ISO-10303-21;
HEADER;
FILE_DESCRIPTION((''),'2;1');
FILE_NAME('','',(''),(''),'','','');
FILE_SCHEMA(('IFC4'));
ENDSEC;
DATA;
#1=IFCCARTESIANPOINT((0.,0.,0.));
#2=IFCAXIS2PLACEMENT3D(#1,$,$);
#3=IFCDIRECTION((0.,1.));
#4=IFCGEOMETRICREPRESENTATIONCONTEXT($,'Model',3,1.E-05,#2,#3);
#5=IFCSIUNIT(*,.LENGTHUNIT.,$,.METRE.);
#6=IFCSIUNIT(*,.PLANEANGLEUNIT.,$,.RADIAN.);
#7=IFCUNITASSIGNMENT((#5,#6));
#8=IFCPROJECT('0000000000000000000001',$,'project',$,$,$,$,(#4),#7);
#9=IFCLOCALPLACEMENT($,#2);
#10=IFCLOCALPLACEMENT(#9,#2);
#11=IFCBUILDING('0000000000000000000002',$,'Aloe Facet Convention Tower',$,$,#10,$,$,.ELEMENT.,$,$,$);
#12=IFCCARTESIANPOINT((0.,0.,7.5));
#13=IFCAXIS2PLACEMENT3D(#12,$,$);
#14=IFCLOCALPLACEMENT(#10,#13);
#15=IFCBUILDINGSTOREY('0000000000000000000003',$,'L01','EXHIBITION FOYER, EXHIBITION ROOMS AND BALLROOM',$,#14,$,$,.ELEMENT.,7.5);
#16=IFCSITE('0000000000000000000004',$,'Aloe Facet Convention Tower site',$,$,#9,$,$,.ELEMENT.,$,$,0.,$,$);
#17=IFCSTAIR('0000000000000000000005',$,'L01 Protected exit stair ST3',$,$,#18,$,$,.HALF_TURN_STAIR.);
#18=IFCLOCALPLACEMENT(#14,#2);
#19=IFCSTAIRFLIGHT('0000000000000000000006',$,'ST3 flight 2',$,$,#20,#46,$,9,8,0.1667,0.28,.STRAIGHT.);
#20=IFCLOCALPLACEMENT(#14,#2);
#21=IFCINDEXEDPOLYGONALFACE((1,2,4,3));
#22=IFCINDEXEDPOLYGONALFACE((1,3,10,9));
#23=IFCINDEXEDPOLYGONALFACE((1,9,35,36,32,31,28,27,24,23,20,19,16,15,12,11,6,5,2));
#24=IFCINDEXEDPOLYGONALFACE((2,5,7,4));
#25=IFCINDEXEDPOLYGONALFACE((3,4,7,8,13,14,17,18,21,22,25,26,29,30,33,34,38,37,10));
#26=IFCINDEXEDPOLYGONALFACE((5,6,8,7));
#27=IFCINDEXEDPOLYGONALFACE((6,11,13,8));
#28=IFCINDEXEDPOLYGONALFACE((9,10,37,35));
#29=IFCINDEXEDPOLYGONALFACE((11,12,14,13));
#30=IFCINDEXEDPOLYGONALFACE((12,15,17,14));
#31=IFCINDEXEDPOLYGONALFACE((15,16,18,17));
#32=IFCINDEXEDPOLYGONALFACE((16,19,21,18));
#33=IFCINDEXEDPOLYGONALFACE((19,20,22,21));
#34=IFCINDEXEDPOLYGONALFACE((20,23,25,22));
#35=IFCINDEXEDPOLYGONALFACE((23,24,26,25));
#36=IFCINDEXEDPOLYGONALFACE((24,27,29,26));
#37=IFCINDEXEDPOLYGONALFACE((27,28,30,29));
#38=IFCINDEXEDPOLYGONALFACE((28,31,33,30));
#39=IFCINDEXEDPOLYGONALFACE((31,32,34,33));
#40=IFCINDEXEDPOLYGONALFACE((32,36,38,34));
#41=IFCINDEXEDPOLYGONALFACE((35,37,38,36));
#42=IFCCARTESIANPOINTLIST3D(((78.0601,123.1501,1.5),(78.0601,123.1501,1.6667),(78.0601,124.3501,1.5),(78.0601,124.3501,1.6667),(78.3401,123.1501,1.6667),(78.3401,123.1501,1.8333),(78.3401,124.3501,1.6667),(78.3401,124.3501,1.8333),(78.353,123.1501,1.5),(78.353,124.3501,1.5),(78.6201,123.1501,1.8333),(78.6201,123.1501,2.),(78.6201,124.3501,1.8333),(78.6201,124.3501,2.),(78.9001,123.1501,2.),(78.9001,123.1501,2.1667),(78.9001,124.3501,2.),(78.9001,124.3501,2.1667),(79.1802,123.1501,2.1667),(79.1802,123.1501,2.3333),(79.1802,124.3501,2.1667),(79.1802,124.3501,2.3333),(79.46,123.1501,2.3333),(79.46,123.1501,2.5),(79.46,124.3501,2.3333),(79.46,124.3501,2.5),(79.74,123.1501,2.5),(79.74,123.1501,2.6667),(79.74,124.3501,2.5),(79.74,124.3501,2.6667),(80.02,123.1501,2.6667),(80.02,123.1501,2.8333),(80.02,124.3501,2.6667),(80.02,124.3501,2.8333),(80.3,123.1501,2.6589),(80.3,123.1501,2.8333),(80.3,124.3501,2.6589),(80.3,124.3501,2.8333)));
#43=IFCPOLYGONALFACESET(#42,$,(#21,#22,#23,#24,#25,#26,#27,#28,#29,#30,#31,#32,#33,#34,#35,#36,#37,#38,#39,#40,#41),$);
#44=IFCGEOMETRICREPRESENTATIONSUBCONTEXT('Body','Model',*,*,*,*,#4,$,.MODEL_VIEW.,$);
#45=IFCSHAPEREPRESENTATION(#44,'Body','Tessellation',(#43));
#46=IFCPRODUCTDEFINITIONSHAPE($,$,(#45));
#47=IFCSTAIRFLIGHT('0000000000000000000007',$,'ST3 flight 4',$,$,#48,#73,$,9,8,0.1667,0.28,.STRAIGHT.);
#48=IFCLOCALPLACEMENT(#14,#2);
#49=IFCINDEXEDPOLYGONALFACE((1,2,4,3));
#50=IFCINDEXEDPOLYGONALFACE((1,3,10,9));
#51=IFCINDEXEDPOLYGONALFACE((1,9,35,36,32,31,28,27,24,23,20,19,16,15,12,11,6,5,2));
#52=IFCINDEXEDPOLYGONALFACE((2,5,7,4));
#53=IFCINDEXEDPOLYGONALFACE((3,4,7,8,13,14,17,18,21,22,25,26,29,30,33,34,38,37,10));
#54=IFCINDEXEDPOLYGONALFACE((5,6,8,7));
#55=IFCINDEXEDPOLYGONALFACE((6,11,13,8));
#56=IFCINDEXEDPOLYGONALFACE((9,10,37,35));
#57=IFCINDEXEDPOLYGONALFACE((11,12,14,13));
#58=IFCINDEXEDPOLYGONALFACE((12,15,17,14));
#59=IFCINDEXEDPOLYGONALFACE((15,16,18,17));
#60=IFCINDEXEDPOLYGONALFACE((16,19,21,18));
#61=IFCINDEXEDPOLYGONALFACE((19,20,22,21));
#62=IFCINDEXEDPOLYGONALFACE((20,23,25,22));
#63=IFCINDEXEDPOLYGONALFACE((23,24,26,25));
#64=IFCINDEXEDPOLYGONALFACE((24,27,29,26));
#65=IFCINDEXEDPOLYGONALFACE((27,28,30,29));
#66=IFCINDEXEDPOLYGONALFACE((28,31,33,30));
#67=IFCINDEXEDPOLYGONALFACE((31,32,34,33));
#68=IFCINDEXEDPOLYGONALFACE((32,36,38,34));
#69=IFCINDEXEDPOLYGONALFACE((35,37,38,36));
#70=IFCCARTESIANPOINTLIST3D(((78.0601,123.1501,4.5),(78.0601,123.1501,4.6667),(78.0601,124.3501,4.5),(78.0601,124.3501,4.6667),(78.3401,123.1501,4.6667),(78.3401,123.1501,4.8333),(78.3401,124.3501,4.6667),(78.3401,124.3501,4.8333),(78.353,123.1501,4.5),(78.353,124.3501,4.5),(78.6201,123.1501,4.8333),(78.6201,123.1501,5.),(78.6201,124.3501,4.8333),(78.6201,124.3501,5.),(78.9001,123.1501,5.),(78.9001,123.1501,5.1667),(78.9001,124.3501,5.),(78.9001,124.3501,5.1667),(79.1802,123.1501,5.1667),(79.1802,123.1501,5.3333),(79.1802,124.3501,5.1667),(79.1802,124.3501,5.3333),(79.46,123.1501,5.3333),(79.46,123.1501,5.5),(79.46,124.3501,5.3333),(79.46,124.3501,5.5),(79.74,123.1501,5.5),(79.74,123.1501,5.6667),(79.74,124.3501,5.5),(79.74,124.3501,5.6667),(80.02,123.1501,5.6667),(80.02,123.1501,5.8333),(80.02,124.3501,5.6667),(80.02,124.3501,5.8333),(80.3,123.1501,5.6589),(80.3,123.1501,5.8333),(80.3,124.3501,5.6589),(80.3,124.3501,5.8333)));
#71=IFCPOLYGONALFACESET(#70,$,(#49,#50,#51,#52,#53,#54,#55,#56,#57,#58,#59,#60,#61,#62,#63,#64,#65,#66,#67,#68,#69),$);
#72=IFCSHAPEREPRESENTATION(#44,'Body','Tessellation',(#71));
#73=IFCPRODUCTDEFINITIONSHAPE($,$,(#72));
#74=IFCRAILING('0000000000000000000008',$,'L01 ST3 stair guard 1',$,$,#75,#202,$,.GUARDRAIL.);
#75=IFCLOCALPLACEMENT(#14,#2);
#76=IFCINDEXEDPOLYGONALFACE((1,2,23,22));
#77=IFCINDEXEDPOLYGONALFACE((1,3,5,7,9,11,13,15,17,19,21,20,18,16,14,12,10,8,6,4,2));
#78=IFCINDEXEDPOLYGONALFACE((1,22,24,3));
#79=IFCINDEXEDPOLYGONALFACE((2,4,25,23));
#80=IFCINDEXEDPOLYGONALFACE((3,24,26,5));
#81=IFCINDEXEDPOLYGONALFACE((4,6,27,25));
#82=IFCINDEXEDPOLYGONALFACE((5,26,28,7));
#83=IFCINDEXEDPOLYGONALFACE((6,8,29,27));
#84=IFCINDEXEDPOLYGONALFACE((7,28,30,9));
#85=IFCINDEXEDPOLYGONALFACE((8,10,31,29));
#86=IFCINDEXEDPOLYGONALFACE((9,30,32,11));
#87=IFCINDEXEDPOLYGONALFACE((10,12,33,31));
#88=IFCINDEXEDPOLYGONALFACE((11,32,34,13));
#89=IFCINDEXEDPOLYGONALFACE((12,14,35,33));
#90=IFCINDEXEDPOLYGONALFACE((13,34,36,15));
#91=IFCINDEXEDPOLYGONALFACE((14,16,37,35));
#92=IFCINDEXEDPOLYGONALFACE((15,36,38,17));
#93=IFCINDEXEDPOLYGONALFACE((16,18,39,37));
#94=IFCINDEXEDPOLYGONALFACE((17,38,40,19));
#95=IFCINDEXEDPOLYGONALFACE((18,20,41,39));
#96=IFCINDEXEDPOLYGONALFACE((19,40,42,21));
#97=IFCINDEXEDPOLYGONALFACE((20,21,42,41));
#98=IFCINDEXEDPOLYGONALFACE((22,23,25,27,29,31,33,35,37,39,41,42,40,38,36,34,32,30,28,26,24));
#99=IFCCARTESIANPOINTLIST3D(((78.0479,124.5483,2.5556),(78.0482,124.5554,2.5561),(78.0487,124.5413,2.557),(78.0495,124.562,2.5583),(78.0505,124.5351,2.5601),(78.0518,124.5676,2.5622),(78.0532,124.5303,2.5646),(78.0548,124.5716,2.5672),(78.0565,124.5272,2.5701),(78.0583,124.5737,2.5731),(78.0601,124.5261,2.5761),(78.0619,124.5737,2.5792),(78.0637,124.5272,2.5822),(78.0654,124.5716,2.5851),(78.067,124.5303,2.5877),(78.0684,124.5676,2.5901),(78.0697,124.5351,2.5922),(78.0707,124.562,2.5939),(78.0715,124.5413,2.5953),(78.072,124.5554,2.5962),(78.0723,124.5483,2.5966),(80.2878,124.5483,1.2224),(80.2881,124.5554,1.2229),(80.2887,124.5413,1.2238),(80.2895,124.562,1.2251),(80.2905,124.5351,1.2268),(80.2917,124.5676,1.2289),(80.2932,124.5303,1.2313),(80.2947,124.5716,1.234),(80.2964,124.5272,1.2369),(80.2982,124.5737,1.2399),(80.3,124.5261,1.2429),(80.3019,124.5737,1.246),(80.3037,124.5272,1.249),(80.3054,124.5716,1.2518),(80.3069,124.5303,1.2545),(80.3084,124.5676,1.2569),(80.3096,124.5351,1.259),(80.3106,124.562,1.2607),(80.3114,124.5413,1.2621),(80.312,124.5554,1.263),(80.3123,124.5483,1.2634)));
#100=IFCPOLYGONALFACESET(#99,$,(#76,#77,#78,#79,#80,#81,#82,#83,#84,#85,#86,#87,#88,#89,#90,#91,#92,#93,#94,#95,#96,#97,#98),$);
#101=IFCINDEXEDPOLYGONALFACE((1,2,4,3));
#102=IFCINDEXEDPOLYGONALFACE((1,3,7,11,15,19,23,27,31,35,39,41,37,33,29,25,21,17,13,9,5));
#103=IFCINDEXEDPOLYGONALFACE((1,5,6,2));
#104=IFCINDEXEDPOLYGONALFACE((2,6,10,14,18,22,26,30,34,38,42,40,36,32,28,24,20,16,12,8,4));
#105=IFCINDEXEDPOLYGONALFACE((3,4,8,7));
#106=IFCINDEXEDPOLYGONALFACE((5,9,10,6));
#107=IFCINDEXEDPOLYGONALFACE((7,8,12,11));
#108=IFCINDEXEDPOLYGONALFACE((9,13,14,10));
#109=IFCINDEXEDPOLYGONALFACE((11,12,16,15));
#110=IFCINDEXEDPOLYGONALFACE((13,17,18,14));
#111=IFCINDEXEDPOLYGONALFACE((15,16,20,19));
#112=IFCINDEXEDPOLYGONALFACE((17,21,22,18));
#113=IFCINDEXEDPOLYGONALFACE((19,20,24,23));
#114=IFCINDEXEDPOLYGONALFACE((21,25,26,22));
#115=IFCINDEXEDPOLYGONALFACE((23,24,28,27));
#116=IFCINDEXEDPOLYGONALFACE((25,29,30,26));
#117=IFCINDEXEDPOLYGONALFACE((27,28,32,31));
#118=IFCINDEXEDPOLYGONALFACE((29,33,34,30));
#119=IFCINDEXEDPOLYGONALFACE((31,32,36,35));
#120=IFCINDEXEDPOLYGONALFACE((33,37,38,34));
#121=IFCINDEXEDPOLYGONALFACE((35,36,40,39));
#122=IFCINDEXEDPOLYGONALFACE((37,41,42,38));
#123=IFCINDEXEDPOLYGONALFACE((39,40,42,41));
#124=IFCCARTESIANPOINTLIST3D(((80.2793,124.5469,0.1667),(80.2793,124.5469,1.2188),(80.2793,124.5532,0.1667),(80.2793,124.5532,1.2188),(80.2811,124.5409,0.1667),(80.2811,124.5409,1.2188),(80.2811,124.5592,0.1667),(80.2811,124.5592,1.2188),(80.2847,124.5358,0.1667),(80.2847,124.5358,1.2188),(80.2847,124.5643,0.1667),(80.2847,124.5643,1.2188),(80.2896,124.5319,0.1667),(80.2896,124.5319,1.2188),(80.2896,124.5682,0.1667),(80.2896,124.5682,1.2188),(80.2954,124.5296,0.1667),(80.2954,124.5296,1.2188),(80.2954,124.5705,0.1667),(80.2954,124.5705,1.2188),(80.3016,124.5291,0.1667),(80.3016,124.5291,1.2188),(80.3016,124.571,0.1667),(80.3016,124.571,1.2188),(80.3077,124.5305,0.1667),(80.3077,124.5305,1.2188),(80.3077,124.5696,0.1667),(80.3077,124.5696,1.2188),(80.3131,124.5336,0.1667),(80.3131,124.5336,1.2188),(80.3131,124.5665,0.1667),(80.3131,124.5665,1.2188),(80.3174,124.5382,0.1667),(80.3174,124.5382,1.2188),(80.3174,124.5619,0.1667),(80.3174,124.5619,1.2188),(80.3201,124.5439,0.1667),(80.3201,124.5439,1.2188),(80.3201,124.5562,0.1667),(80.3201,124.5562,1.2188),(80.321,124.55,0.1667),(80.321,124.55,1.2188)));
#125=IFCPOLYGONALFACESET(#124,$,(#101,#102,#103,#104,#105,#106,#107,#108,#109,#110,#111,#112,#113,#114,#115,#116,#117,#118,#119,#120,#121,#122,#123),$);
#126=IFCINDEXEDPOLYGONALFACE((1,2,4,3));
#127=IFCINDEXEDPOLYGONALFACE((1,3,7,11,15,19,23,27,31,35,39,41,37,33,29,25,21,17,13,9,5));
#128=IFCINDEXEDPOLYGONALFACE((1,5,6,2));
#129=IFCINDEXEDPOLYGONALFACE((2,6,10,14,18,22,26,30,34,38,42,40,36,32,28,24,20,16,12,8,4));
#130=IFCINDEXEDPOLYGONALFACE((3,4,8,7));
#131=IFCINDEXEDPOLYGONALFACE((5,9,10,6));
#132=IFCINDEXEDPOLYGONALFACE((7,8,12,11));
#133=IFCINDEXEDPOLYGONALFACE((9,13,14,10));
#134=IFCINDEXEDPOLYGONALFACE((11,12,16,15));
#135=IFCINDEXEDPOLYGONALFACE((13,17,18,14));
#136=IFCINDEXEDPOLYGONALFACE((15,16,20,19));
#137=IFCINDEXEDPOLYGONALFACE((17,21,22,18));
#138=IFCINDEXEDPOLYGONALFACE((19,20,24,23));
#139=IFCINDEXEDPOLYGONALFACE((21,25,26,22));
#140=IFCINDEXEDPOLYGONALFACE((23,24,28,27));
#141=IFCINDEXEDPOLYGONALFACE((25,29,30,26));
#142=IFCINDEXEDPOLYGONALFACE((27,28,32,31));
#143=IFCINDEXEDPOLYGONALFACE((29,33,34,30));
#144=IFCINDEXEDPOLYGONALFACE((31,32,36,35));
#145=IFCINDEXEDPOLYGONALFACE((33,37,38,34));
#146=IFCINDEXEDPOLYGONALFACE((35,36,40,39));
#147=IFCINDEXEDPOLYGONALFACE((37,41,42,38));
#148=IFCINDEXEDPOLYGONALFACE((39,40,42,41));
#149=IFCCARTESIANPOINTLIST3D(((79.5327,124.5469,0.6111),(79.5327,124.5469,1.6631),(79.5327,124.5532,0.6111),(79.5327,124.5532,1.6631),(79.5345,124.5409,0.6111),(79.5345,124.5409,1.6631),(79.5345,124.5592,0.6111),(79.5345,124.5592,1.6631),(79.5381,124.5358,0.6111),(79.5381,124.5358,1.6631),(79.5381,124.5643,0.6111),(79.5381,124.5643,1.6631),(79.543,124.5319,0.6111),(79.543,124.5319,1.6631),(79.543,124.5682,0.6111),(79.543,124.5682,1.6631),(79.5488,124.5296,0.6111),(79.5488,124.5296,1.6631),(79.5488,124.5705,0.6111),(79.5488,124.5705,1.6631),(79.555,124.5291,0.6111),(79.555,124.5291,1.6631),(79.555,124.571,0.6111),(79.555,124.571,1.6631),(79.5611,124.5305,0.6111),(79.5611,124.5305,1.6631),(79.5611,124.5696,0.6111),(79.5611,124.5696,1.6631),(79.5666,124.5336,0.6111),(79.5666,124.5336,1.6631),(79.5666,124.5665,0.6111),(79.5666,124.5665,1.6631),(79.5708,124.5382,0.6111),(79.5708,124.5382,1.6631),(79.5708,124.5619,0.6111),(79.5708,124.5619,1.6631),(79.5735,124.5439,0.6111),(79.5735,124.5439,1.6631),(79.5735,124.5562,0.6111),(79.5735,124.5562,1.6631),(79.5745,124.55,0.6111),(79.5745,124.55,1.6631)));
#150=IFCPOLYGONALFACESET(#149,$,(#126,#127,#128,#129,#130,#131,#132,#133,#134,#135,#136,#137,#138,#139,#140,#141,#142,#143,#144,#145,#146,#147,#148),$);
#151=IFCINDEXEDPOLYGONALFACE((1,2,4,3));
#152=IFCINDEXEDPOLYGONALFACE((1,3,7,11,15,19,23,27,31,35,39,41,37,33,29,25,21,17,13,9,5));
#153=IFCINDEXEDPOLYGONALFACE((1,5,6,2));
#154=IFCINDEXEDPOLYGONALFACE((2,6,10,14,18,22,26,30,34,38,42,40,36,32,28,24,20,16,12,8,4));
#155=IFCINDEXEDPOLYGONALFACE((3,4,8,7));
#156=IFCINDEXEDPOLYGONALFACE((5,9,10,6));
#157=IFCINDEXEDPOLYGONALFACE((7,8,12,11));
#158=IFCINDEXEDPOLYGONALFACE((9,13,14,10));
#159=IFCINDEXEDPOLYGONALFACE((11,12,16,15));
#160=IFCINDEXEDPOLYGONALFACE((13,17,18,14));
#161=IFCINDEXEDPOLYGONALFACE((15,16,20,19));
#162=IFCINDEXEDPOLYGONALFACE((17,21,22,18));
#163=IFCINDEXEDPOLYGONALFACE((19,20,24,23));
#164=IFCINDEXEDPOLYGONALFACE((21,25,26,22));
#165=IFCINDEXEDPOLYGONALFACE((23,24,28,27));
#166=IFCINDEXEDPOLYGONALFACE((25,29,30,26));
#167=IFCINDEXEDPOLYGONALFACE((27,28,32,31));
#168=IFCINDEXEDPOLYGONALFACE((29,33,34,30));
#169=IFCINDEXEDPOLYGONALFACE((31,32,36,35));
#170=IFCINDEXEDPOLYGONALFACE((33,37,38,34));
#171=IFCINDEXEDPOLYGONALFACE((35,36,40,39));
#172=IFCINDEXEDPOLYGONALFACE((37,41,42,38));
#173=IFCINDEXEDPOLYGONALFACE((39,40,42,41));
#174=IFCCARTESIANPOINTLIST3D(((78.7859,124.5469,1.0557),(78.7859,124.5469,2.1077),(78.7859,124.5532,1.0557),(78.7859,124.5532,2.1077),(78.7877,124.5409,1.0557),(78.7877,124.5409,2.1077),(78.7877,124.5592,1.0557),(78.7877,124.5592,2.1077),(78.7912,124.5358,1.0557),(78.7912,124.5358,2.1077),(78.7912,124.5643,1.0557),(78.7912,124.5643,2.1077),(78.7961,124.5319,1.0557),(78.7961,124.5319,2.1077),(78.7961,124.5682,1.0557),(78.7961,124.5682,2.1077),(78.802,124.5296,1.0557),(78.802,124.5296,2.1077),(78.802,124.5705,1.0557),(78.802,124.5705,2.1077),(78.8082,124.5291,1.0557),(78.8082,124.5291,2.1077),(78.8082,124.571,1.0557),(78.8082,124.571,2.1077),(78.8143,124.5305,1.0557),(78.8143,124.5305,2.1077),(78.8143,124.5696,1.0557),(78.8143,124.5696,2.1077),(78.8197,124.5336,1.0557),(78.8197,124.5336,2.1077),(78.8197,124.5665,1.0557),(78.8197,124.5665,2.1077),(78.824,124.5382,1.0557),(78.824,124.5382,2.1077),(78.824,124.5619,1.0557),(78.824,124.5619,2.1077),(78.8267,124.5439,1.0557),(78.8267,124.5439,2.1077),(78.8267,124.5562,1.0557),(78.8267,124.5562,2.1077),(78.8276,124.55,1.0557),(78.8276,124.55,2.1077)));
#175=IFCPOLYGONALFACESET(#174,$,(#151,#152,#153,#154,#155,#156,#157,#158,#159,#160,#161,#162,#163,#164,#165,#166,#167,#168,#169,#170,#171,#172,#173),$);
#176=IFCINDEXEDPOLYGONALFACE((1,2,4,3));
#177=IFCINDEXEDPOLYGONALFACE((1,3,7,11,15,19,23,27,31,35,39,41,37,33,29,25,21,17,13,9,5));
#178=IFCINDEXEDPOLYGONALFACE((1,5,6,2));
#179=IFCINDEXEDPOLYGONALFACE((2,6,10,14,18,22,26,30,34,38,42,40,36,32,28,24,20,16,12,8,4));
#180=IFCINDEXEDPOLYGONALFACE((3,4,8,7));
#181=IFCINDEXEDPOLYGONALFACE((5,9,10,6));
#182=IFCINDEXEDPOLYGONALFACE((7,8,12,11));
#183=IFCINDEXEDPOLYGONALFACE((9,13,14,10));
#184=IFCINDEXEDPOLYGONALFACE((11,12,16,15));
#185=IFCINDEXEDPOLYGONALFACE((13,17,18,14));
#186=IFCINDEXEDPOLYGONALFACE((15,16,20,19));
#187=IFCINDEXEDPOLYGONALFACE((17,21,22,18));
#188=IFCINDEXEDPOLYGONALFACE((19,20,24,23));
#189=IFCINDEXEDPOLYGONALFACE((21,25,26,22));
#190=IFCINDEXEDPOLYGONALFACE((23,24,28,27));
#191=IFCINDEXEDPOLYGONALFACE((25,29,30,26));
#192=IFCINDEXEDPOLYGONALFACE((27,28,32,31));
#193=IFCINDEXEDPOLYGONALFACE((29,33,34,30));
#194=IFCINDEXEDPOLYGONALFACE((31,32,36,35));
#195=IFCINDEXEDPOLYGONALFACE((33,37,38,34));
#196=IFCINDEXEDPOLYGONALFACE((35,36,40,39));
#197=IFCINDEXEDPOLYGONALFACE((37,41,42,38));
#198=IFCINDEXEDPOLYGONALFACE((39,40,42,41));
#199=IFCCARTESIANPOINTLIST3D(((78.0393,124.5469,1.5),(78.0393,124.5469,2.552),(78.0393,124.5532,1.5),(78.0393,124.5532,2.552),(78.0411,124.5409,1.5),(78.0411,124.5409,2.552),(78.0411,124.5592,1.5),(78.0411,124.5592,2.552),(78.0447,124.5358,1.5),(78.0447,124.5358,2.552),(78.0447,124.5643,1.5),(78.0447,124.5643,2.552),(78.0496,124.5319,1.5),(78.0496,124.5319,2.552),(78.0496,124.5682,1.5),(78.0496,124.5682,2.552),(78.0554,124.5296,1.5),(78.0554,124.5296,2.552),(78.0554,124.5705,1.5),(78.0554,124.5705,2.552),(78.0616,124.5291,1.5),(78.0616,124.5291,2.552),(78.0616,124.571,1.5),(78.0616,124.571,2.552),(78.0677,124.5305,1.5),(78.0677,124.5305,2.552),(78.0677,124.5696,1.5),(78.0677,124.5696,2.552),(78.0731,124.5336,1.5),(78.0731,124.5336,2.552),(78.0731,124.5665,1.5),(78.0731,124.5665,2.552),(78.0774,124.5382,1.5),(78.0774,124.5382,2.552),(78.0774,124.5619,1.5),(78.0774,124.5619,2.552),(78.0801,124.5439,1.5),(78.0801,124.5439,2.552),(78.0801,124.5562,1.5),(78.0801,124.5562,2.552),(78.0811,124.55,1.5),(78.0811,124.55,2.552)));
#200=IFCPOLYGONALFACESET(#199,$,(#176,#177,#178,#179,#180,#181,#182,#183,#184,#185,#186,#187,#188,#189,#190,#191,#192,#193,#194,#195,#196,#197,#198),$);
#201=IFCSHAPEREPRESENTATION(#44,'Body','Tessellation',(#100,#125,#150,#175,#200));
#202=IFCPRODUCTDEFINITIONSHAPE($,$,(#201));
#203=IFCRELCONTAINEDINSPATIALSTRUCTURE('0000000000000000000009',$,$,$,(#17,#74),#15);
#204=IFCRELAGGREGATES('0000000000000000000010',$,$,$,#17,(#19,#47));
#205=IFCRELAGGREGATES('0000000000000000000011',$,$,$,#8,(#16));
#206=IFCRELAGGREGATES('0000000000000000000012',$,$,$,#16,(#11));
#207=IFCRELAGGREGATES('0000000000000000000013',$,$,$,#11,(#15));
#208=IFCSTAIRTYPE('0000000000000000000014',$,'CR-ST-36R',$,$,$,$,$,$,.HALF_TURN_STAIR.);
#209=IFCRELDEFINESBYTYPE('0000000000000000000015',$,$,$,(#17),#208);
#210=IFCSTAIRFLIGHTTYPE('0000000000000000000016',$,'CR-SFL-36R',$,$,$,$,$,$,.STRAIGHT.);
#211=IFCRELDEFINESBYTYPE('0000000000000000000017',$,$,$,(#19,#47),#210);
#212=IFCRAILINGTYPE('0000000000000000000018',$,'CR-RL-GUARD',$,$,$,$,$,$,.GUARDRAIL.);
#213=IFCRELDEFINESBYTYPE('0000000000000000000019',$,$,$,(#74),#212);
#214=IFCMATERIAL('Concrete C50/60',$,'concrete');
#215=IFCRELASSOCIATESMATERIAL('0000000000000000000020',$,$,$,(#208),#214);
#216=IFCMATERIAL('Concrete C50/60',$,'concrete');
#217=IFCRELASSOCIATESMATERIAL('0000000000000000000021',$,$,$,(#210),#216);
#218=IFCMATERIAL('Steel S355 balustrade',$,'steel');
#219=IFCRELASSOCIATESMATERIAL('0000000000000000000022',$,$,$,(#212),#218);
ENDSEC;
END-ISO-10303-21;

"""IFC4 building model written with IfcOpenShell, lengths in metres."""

from ifc_helpers import new_model, si_unit, direction, frame, origin, origin_2d, place, context, subcontext, project, spatial, polyline, circle, outline, extrude, material, type_object, element, aggregate, save


model = new_model("IFC4")

# Units and contexts
model_context = context("Model", 3, precision=1e-05, world=origin(), true_north=direction((0.0, 1.0)))
body_context = subcontext(model_context, "Body", "Model", "MODEL_VIEW")
ifc_project = project(units=[si_unit("LENGTHUNIT", "METRE"), si_unit("PLANEANGLEUNIT", "RADIAN")], contexts=[model_context])

# Site, building, storey
site_placement = place(None, origin())
site = spatial("IfcSite", under=ifc_project, at=site_placement, Name="Aloe Facet Convention Tower site", CompositionType="ELEMENT", RefElevation=0.0)
building_placement = place(site_placement, origin())
building = spatial("IfcBuilding", under=site, at=building_placement, Name="Aloe Facet Convention Tower", CompositionType="ELEMENT")
storey_placement = place(building_placement, frame((0.0, 0.0, 7.5)))
storey = spatial("IfcBuildingStorey", under=building, at=storey_placement, Name="L01", Description="EXHIBITION FOYER, EXHIBITION ROOMS AND BALLROOM", CompositionType="ELEMENT", Elevation=7.5)

# Stair, stair flights
ifc_material_1 = material(Name="Concrete C50/60", Category="concrete")
stair_type = type_object("IfcStairType", Name="CR-ST-36R", PredefinedType="HALF_TURN_STAIR", material=ifc_material_1)
stair_placement = place(storey_placement, origin())
stair = element("IfcStair", 1, at=stair_placement, inside=storey, type_object=stair_type, Name="L01 Protected exit stair ST3", PredefinedType="HALF_TURN_STAIR")
ifc_material_2 = material(Name="Concrete C50/60", Category="concrete")
stair_flight_type = type_object("IfcStairFlightType", Name="CR-SFL-36R", PredefinedType="STRAIGHT", material=ifc_material_2)
stair_flight_1_placement = place(storey_placement, frame((78.0601, 123.75, 1.5), z_axis=(0.0, 0.0, 1.0), x_axis=(1.0, 0.0, 0.0)))
stair_flight_1 = element("IfcStairFlight", 2, at=stair_flight_1_placement, type_object=stair_flight_type, Name="ST3 flight 2", NumberOfRisers=9, NumberOfTreads=8, PredefinedType="STRAIGHT", RiserHeight=0.1667, TreadLength=0.28, context=body_context, shape_type="SweptSolid", body=[
    extrude(outline(polyline([(0.0, 0.0), (0.0, 0.1667), (0.28, 0.1667), (0.28, 0.3333), (0.5601, 0.3333), (0.5601, 0.5), (0.8401, 0.5), (0.8401, 0.6667), (1.1201, 0.6667), (1.1201, 0.8333), (1.3999, 0.8333), (1.3999, 1.0), (1.6799, 1.0), (1.6799, 1.1667), (1.96, 1.1667), (1.96, 1.3333), (2.24, 1.3333), (2.24, 1.5), (2.24, 1.1589), (0.293, 0.0), (0.0, 0.0)])), frame((0.0, 0.6001, 0.0), z_axis=(0.0, -1.0, 0.0), x_axis=(1.0, 0.0, 0.0)), (0.0, 0.0, 1.0), 1.2),
])
stair_flight_2_placement = place(storey_placement, frame((78.0601, 123.75, 4.5), z_axis=(0.0, 0.0, 1.0), x_axis=(1.0, 0.0, 0.0)))
stair_flight_2 = element("IfcStairFlight", 3, at=stair_flight_2_placement, type_object=stair_flight_type, Name="ST3 flight 4", NumberOfRisers=9, NumberOfTreads=8, PredefinedType="STRAIGHT", RiserHeight=0.1667, TreadLength=0.28, context=body_context, shape_type="SweptSolid", body=[
    extrude(outline(polyline([(0.0, 0.0), (0.0, 0.1667), (0.28, 0.1667), (0.28, 0.3333), (0.5601, 0.3333), (0.5601, 0.5), (0.8401, 0.5), (0.8401, 0.6667), (1.1201, 0.6667), (1.1201, 0.8333), (1.3999, 0.8333), (1.3999, 1.0), (1.6799, 1.0), (1.6799, 1.1667), (1.96, 1.1667), (1.96, 1.3333), (2.24, 1.3333), (2.24, 1.5), (2.24, 1.1589), (0.293, 0.0), (0.0, 0.0)])), frame((0.0, 0.6001, 0.0), z_axis=(0.0, -1.0, 0.0), x_axis=(1.0, 0.0, 0.0)), (0.0, 0.0, 1.0), 1.2),
])
aggregate(stair, [stair_flight_1, stair_flight_2])

# Railing
ifc_material_3 = material(Name="Steel S355 balustrade", Category="steel")
railing_type_1 = type_object("IfcRailingType", Name="CR-RL-GUARD", PredefinedType="GUARDRAIL", material=ifc_material_3)
railing_1_placement = place(storey_placement, frame((80.3, 124.55, 0.1667)))
element("IfcRailing", 4, at=railing_1_placement, inside=storey, type_object=railing_type_1, Name="L01 ST3 stair guard 1", PredefinedType="GUARDRAIL", context=body_context, shape_type="SweptSolid", body=[
    extrude(circle(Radius=0.0239, at=origin_2d()), frame((0.0, 0.0, 1.0762), z_axis=(-0.859306, 0.0, 0.511462), x_axis=(0.0, -1.0, 0.0)), (0.0, 0.0, 1.0), 2.6067),
    extrude(circle(Radius=0.021, at=origin_2d()), origin(), (0.0, 0.0, 1.0), 1.052),
    extrude(circle(Radius=0.021, at=origin_2d()), frame((-0.7466, 0.0, 0.4443)), (0.0, 0.0, 1.0), 1.052),
    extrude(circle(Radius=0.021, at=origin_2d()), frame((-1.4934, 0.0, 0.8889)), (0.0, 0.0, 1.0), 1.052),
    extrude(circle(Radius=0.021, at=origin_2d()), frame((-2.24, 0.0, 1.3333)), (0.0, 0.0, 1.0), 1.052),
])

save(model, "model.ifc")
